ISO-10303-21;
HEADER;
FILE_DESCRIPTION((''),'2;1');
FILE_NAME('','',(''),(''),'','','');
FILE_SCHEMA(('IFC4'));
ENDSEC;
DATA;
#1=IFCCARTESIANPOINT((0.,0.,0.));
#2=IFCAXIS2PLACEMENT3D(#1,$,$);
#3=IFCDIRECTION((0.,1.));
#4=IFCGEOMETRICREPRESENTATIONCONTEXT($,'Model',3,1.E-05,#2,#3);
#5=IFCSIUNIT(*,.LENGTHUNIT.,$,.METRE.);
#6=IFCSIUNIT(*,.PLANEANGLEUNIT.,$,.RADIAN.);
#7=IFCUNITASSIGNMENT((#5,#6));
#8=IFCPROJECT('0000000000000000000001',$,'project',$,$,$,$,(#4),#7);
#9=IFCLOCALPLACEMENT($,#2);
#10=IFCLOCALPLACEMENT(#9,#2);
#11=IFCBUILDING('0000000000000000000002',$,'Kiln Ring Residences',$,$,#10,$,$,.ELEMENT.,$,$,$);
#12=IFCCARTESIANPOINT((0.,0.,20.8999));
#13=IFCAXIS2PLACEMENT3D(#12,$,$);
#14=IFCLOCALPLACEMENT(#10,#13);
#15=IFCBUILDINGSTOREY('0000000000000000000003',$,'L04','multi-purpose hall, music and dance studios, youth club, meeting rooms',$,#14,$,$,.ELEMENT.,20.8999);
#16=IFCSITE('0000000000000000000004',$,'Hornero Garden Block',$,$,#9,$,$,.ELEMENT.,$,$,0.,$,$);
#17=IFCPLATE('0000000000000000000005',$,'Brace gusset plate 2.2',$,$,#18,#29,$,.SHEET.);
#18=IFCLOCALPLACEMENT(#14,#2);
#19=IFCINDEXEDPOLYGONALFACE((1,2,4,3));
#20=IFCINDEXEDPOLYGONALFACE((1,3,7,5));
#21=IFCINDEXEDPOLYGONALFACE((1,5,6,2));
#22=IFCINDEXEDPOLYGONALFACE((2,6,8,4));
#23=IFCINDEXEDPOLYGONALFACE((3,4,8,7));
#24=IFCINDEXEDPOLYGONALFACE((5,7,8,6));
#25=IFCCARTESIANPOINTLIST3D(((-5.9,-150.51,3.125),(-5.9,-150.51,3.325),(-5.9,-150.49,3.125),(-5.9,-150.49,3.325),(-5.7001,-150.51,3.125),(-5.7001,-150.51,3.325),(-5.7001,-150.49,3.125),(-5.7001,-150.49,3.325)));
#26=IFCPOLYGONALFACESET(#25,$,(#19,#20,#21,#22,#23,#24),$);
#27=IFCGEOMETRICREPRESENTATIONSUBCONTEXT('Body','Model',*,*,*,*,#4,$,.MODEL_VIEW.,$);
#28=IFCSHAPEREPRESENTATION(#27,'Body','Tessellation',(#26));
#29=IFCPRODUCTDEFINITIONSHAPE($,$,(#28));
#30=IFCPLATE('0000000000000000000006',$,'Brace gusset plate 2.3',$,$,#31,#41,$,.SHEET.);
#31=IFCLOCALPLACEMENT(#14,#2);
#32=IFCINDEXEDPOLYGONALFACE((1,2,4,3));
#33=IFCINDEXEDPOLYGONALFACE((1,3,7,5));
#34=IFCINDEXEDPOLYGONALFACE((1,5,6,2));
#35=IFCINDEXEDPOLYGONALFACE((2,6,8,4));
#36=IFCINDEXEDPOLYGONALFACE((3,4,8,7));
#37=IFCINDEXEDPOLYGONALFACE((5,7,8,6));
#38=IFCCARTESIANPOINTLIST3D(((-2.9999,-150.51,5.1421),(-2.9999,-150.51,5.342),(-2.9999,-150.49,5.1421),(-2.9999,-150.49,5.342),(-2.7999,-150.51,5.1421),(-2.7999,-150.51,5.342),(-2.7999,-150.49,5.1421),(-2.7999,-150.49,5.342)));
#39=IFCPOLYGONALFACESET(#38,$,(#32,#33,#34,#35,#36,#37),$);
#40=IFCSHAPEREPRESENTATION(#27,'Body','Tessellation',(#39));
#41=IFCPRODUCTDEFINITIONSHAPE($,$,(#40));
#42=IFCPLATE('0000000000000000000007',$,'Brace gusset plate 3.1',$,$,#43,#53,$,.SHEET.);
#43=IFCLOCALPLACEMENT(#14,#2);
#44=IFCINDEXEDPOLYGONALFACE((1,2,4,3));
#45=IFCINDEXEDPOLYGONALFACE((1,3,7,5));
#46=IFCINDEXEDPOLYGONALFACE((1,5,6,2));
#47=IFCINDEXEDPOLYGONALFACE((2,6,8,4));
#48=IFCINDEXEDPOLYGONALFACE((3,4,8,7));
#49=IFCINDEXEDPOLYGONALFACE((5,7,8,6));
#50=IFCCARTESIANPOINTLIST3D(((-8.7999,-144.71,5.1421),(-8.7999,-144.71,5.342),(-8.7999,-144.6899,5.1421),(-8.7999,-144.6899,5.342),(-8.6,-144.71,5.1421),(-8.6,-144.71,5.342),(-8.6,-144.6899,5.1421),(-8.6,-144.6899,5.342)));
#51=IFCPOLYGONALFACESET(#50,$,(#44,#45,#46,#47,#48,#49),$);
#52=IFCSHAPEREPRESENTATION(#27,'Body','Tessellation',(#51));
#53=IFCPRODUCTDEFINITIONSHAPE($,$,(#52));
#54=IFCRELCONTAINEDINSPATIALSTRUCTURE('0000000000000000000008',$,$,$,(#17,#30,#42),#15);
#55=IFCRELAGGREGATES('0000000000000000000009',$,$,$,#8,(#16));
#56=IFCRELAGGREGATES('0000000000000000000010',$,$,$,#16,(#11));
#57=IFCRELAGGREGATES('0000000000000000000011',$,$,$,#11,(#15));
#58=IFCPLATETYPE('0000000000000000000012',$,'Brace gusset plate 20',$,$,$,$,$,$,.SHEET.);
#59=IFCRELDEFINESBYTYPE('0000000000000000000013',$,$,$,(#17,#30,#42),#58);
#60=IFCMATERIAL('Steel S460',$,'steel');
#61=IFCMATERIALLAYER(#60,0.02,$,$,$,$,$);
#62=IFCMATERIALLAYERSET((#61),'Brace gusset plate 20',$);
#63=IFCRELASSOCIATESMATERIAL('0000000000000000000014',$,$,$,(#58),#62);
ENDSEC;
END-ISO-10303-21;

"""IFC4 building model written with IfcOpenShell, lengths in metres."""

from ifc_helpers import new_model, si_unit, direction, frame, origin, origin_2d, place, context, subcontext, project, spatial, rectangle, extrude, material, layer, layer_set, type_object, element, save


model = new_model("IFC4")

# Units and contexts
model_context = context("Model", 3, precision=1e-05, world=origin(), true_north=direction((0.0, 1.0)))
body_context = subcontext(model_context, "Body", "Model", "MODEL_VIEW")
ifc_project = project(units=[si_unit("LENGTHUNIT", "METRE"), si_unit("PLANEANGLEUNIT", "RADIAN")], contexts=[model_context])

# Site, building, storey
site_placement = place(None, origin())
site = spatial("IfcSite", under=ifc_project, at=site_placement, Name="Hornero Garden Block", CompositionType="ELEMENT", RefElevation=0.0)
building_placement = place(site_placement, origin())
building = spatial("IfcBuilding", under=site, at=building_placement, Name="Kiln Ring Residences", CompositionType="ELEMENT")
storey_placement = place(building_placement, frame((0.0, 0.0, 20.8999)))
storey = spatial("IfcBuildingStorey", under=building, at=storey_placement, Name="L04", Description="multi-purpose hall, music and dance studios, youth club, meeting rooms", CompositionType="ELEMENT", Elevation=20.8999)

# Plates
ifc_material_1 = material(Name="Steel S460", Category="steel")
ifc_layer = layer(ifc_material_1, 0.02)
ifc_layer_set = layer_set([ifc_layer], Name="Brace gusset plate 20")
plate_type = type_object("IfcPlateType", Name="Brace gusset plate 20", PredefinedType="SHEET", material=ifc_layer_set)
for number, where, z_axis, x_axis, name in (
    (1, (-5.8, -150.5, 3.125), (0.0, 0.0, 1.0), (1.0, 0.0, 0.0), "Brace gusset plate 2.2"),
    (2, (-2.8999, -150.5, 5.1421), (0.0, 0.0, 1.0), (1.0, 0.0, 0.0), "Brace gusset plate 2.3"),
    (3, (-8.7, -144.7, 5.1421), (0.0, 0.0, 1.0), (1.0, 0.0, 0.0), "Brace gusset plate 3.1"),
):
    element("IfcPlate", number, at=place(storey_placement, frame(where, z_axis=z_axis, x_axis=x_axis)), inside=storey, type_object=plate_type, Name=name, PredefinedType="SHEET", context=body_context, shape_type="SweptSolid", body=[
        extrude(rectangle(XDim=0.2, YDim=0.02, at=origin_2d()), origin(), (0.0, 0.0, 1.0), 0.2),
    ])

save(model, "model.ifc")
